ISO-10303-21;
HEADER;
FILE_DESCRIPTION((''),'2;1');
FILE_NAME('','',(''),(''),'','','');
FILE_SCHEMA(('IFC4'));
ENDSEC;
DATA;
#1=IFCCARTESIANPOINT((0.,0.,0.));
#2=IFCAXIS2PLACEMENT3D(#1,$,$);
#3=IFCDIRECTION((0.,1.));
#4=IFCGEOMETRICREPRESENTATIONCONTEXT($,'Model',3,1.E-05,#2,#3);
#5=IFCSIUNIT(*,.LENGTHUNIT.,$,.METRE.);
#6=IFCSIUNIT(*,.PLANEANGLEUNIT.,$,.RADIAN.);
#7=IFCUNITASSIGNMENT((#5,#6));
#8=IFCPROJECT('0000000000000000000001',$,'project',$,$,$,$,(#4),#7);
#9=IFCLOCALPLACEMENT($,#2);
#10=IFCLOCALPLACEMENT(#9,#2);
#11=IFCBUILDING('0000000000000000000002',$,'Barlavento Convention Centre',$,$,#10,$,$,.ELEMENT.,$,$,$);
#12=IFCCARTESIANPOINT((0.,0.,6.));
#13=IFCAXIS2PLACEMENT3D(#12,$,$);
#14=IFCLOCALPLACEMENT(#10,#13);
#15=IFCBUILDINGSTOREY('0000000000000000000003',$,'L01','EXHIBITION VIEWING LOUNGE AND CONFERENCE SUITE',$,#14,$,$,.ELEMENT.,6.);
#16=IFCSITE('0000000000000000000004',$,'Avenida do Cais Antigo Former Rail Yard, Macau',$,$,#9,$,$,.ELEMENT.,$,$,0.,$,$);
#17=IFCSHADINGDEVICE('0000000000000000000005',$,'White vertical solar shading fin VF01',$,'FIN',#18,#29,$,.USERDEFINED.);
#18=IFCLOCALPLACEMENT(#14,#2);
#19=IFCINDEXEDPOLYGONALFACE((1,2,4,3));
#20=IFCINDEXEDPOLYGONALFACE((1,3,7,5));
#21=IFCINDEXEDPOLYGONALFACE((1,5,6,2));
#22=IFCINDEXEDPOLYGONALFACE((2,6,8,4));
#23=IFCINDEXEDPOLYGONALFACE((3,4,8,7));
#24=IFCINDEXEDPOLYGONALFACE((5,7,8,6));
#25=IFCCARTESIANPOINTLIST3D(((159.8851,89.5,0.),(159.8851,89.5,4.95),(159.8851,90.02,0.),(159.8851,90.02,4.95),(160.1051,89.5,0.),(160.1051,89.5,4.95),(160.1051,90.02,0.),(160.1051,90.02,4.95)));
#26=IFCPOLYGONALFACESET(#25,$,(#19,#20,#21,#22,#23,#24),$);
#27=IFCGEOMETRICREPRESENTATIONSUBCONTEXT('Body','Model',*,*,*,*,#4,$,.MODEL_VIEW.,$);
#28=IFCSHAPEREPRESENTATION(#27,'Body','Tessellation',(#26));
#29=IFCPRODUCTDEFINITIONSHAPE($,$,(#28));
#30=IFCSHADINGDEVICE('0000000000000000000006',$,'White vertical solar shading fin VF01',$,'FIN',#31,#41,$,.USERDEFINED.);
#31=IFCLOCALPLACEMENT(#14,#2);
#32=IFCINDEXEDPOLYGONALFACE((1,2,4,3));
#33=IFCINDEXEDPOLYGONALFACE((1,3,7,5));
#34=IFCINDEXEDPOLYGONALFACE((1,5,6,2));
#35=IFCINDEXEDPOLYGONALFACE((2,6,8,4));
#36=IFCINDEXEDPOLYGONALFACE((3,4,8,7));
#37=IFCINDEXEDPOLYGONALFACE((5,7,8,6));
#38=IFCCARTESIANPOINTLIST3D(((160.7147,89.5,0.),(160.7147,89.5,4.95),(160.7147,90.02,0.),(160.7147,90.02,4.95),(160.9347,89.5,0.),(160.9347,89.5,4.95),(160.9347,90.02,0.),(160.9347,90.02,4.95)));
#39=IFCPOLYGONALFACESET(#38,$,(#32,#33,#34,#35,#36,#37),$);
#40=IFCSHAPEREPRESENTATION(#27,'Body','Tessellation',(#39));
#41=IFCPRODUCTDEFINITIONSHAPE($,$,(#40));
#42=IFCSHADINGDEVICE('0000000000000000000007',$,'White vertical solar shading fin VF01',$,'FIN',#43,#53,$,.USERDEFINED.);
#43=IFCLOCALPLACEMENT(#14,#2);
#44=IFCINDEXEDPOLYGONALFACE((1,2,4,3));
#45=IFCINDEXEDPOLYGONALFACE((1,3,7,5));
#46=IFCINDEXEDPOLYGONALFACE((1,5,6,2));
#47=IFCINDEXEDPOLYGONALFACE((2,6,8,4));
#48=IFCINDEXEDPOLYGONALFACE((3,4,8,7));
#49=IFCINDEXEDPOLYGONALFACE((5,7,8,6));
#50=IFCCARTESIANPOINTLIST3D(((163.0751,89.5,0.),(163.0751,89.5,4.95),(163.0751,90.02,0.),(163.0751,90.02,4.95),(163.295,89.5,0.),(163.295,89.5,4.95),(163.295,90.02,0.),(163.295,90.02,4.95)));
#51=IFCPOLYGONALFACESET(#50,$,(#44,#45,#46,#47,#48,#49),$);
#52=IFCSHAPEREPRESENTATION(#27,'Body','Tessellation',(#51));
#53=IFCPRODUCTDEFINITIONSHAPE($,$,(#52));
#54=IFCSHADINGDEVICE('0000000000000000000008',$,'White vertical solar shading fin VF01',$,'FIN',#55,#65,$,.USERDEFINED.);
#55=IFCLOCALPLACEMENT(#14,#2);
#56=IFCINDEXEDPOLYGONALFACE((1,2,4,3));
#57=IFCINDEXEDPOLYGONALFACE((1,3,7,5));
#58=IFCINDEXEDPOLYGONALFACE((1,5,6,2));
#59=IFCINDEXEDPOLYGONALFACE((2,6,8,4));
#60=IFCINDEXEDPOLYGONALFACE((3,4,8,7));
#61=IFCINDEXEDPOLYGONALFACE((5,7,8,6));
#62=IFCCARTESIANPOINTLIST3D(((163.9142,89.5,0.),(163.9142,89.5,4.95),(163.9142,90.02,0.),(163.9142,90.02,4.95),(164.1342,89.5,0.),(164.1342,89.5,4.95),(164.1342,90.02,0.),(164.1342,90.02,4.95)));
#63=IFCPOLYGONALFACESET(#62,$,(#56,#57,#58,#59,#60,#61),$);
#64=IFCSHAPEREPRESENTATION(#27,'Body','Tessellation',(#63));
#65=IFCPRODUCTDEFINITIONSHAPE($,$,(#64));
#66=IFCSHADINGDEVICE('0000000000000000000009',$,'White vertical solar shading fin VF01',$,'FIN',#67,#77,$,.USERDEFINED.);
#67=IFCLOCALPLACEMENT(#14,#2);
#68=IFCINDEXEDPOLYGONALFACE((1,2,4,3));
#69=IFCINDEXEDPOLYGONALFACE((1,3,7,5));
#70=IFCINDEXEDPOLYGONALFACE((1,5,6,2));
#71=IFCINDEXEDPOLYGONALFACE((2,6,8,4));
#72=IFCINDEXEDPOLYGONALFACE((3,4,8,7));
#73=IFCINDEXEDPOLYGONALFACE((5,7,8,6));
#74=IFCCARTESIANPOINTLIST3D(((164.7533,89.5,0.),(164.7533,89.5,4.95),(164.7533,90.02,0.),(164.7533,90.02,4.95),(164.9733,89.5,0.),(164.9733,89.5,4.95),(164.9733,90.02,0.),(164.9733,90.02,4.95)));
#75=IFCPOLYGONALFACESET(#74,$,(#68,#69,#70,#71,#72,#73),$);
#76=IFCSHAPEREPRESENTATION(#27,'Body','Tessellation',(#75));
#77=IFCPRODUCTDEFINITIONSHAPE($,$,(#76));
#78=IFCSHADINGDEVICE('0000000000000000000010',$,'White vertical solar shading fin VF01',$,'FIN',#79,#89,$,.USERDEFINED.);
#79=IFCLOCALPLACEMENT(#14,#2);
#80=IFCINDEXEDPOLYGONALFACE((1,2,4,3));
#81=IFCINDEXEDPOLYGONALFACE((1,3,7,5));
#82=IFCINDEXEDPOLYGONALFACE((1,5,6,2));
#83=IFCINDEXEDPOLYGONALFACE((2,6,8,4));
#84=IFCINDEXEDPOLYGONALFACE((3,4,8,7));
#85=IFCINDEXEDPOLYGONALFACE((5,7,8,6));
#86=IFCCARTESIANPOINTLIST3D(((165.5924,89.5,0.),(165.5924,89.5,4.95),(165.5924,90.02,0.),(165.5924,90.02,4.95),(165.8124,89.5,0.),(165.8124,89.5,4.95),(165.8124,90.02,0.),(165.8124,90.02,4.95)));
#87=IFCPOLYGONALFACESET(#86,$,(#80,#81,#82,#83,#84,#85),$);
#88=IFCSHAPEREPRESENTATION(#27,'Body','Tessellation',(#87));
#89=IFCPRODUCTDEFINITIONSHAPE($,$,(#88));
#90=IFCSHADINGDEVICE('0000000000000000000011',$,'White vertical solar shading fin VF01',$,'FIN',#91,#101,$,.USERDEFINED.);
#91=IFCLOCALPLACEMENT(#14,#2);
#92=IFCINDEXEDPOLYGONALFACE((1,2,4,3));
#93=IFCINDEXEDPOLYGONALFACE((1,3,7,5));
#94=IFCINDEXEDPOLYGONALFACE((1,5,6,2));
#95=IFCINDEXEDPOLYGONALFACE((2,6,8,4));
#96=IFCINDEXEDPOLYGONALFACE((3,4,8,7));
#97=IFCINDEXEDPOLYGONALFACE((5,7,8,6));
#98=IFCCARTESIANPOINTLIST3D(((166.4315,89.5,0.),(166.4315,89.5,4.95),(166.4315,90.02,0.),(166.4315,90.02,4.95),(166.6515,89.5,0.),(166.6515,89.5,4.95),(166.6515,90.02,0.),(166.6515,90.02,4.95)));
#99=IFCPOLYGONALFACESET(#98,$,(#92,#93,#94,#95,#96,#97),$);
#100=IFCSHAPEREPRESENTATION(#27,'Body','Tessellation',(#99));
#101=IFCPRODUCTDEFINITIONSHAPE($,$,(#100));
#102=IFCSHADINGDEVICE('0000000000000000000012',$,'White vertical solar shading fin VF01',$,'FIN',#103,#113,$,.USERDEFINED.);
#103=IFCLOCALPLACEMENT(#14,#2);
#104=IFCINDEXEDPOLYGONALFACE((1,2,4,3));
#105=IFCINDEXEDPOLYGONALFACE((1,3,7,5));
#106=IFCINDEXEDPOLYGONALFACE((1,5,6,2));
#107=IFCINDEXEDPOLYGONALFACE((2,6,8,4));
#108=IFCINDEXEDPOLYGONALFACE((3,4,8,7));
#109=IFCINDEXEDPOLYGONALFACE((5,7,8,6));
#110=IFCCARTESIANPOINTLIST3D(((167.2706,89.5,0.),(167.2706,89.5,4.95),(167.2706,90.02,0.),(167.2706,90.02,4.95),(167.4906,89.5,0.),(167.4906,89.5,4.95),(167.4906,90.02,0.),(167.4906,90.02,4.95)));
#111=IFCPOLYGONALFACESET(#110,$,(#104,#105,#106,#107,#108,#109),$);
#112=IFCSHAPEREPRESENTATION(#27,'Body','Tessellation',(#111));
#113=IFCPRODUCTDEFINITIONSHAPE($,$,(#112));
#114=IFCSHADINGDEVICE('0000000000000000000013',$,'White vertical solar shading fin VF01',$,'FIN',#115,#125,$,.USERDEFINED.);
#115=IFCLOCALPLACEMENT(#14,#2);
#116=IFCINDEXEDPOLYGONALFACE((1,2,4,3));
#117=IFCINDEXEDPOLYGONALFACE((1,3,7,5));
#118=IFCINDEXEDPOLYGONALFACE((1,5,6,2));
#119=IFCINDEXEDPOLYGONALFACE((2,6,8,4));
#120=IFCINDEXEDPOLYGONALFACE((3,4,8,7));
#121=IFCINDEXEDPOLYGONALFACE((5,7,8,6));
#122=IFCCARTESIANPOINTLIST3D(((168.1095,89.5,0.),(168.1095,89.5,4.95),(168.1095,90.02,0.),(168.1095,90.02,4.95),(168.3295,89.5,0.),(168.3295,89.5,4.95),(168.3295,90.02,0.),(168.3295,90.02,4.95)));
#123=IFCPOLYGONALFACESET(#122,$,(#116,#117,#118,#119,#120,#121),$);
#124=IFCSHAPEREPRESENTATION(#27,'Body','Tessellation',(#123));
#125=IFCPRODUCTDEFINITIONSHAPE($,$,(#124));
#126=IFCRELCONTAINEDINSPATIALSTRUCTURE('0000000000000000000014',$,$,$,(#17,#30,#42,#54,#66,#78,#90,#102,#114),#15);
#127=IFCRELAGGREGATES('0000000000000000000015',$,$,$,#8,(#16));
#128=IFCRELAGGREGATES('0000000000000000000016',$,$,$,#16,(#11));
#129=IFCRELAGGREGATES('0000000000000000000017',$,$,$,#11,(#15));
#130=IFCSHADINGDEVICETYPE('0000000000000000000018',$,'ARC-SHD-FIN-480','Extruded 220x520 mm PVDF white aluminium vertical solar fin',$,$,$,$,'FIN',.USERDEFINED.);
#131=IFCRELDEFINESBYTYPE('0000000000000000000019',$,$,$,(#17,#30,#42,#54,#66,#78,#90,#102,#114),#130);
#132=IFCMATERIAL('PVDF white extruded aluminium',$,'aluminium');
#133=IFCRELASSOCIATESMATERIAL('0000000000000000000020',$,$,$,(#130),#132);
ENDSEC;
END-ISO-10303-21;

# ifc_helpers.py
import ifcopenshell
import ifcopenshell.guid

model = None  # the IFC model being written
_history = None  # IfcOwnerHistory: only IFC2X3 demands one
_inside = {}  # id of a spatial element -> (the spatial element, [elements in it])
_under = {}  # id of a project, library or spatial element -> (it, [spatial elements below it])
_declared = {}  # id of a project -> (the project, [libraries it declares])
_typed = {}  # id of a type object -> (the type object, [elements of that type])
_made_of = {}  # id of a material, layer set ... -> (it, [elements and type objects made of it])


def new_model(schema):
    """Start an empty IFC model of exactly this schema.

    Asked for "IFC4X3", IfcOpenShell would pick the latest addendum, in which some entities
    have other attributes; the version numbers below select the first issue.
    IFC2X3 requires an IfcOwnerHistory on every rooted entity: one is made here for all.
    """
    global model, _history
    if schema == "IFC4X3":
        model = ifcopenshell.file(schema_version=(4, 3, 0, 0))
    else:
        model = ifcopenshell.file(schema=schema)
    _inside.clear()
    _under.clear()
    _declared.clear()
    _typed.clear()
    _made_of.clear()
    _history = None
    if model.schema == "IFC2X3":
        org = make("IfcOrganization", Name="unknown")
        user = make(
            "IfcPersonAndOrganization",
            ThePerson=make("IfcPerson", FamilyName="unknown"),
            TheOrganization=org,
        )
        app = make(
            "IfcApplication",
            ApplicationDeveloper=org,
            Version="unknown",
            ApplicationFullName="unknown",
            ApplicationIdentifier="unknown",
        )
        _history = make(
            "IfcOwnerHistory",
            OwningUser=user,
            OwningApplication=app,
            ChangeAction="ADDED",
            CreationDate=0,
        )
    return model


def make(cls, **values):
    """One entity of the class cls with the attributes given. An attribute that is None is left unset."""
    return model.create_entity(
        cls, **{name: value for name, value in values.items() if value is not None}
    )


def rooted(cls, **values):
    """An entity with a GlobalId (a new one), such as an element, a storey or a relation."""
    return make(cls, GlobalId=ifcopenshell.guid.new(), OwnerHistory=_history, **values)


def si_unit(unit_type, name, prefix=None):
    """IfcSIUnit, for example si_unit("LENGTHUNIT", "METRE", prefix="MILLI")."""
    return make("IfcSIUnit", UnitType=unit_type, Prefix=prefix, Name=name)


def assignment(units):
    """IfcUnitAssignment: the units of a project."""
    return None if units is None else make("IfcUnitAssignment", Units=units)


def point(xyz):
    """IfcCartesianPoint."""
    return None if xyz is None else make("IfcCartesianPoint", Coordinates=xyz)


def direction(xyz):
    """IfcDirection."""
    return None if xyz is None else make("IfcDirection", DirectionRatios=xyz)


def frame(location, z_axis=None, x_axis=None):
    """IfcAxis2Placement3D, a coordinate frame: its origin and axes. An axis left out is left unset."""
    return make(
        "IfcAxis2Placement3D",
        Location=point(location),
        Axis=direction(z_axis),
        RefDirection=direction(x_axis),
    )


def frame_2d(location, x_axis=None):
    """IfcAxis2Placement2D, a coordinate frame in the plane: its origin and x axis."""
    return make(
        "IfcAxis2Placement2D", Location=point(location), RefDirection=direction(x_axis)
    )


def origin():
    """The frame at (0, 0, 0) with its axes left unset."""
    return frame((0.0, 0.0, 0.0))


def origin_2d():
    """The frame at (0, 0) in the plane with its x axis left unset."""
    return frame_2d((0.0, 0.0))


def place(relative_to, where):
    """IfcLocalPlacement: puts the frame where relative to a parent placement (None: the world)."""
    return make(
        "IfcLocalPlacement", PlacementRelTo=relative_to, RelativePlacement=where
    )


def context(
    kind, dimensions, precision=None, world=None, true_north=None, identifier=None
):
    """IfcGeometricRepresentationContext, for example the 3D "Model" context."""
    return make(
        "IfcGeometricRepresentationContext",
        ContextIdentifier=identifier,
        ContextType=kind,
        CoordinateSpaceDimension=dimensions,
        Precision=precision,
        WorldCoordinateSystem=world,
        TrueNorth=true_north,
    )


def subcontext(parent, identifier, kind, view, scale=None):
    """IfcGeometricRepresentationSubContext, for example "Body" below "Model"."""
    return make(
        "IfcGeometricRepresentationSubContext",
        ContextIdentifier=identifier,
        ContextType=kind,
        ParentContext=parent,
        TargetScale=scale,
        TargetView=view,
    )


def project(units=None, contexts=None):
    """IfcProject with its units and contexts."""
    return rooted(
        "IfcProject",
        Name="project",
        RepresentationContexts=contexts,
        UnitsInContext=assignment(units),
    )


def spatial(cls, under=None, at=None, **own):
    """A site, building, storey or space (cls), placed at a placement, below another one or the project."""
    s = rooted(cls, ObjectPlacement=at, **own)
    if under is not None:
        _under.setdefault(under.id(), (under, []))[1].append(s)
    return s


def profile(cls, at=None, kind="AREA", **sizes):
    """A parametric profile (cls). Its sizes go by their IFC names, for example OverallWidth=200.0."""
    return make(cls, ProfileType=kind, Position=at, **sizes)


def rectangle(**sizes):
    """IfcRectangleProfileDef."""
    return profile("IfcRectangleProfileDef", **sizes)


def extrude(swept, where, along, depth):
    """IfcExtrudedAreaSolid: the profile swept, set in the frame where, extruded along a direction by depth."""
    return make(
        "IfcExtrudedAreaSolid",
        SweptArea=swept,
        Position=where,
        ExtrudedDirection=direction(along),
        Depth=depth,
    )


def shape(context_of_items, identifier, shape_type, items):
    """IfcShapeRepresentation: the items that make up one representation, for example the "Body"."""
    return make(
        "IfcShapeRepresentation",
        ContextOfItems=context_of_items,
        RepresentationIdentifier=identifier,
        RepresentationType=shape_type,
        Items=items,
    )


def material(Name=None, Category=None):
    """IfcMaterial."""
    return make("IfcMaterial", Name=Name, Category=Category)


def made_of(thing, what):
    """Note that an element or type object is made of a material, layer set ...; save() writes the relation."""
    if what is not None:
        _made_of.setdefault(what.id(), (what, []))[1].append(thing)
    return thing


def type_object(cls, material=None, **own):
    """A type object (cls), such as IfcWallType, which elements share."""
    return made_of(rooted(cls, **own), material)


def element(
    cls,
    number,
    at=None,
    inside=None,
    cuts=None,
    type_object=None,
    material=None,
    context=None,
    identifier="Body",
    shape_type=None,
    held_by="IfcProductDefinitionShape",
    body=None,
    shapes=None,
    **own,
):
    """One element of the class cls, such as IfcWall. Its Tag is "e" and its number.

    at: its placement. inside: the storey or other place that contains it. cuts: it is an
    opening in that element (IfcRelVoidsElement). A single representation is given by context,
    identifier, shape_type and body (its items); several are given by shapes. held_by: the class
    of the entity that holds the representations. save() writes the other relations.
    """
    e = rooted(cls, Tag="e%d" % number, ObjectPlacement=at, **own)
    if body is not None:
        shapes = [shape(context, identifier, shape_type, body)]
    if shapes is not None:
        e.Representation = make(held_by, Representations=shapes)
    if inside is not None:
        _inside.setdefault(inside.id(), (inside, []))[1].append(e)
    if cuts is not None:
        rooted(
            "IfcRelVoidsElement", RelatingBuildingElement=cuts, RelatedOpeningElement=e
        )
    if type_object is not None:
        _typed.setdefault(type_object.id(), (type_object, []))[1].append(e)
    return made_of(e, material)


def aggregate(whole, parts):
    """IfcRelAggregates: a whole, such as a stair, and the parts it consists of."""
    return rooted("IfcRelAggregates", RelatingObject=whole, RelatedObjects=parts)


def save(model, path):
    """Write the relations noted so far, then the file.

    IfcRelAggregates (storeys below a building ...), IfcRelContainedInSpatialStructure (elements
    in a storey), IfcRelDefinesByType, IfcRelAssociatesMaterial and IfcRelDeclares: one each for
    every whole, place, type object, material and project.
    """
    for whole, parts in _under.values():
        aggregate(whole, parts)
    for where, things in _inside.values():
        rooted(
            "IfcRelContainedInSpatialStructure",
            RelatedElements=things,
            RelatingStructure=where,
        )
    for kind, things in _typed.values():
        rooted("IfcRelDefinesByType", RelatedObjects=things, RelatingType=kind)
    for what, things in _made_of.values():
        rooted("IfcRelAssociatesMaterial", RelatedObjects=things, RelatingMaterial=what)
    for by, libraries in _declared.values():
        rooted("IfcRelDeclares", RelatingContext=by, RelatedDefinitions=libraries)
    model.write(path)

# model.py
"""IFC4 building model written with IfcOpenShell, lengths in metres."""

from ifc_helpers import new_model, si_unit, direction, frame, origin, origin_2d, place, context, subcontext, project, spatial, rectangle, extrude, material, type_object, element, save


model = new_model("IFC4")

# Units and contexts
model_context = context("Model", 3, precision=1e-05, world=origin(), true_north=direction((0.0, 1.0)))
body_context = subcontext(model_context, "Body", "Model", "MODEL_VIEW")
ifc_project = project(units=[si_unit("LENGTHUNIT", "METRE"), si_unit("PLANEANGLEUNIT", "RADIAN")], contexts=[model_context])

# Site, building, storey
site_placement = place(None, origin())
site = spatial("IfcSite", under=ifc_project, at=site_placement, Name="Avenida do Cais Antigo Former Rail Yard, Macau", CompositionType="ELEMENT", RefElevation=0.0)
building_placement = place(site_placement, origin())
building = spatial("IfcBuilding", under=site, at=building_placement, Name="Barlavento Convention Centre", CompositionType="ELEMENT")
storey_placement = place(building_placement, frame((0.0, 0.0, 6.0)))
storey = spatial("IfcBuildingStorey", under=building, at=storey_placement, Name="L01", Description="EXHIBITION VIEWING LOUNGE AND CONFERENCE SUITE", CompositionType="ELEMENT", Elevation=6.0)

# Shading devices
ifc_material_1 = material(Name="PVDF white extruded aluminium", Category="aluminium")
shading_device_type = type_object("IfcShadingDeviceType", Name="ARC-SHD-FIN-480", Description="Extruded 220x520 mm PVDF white aluminium vertical solar fin", ElementType="FIN", PredefinedType="USERDEFINED", material=ifc_material_1)
for number, where, z_axis, x_axis, name in (
    (1, (159.9951, 89.76, 0.0), (0.0, 0.0, 1.0), (1.0, 0.0, 0.0), "White vertical solar shading fin VF01"),
    (2, (160.8247, 89.76, 0.0), (0.0, 0.0, 1.0), (1.0, 0.0, 0.0), "White vertical solar shading fin VF01"),
    (3, (163.1851, 89.76, 0.0), (0.0, 0.0, 1.0), (1.0, 0.0, 0.0), "White vertical solar shading fin VF01"),
    (4, (164.0242, 89.76, 0.0), (0.0, 0.0, 1.0), (1.0, 0.0, 0.0), "White vertical solar shading fin VF01"),
    (5, (164.8633, 89.76, 0.0), (0.0, 0.0, 1.0), (1.0, 0.0, 0.0), "White vertical solar shading fin VF01"),
    (6, (165.7024, 89.76, 0.0), (0.0, 0.0, 1.0), (1.0, 0.0, 0.0), "White vertical solar shading fin VF01"),
    (7, (166.5415, 89.76, 0.0), (0.0, 0.0, 1.0), (1.0, 0.0, 0.0), "White vertical solar shading fin VF01"),
    (8, (167.3806, 89.76, 0.0), (0.0, 0.0, 1.0), (1.0, 0.0, 0.0), "White vertical solar shading fin VF01"),
    (9, (168.2195, 89.76, 0.0), (0.0, 0.0, 1.0), (1.0, 0.0, 0.0), "White vertical solar shading fin VF01"),
):
    element("IfcShadingDevice", number, at=place(storey_placement, frame(where, z_axis=z_axis, x_axis=x_axis)), inside=storey, type_object=shading_device_type, Name=name, ObjectType="FIN", PredefinedType="USERDEFINED", context=body_context, shape_type="SweptSolid", body=[
        extrude(rectangle(XDim=0.22, YDim=0.52, at=origin_2d()), origin(), (0.0, 0.0, 1.0), 4.95),
    ])

save(model, "model.ifc")
